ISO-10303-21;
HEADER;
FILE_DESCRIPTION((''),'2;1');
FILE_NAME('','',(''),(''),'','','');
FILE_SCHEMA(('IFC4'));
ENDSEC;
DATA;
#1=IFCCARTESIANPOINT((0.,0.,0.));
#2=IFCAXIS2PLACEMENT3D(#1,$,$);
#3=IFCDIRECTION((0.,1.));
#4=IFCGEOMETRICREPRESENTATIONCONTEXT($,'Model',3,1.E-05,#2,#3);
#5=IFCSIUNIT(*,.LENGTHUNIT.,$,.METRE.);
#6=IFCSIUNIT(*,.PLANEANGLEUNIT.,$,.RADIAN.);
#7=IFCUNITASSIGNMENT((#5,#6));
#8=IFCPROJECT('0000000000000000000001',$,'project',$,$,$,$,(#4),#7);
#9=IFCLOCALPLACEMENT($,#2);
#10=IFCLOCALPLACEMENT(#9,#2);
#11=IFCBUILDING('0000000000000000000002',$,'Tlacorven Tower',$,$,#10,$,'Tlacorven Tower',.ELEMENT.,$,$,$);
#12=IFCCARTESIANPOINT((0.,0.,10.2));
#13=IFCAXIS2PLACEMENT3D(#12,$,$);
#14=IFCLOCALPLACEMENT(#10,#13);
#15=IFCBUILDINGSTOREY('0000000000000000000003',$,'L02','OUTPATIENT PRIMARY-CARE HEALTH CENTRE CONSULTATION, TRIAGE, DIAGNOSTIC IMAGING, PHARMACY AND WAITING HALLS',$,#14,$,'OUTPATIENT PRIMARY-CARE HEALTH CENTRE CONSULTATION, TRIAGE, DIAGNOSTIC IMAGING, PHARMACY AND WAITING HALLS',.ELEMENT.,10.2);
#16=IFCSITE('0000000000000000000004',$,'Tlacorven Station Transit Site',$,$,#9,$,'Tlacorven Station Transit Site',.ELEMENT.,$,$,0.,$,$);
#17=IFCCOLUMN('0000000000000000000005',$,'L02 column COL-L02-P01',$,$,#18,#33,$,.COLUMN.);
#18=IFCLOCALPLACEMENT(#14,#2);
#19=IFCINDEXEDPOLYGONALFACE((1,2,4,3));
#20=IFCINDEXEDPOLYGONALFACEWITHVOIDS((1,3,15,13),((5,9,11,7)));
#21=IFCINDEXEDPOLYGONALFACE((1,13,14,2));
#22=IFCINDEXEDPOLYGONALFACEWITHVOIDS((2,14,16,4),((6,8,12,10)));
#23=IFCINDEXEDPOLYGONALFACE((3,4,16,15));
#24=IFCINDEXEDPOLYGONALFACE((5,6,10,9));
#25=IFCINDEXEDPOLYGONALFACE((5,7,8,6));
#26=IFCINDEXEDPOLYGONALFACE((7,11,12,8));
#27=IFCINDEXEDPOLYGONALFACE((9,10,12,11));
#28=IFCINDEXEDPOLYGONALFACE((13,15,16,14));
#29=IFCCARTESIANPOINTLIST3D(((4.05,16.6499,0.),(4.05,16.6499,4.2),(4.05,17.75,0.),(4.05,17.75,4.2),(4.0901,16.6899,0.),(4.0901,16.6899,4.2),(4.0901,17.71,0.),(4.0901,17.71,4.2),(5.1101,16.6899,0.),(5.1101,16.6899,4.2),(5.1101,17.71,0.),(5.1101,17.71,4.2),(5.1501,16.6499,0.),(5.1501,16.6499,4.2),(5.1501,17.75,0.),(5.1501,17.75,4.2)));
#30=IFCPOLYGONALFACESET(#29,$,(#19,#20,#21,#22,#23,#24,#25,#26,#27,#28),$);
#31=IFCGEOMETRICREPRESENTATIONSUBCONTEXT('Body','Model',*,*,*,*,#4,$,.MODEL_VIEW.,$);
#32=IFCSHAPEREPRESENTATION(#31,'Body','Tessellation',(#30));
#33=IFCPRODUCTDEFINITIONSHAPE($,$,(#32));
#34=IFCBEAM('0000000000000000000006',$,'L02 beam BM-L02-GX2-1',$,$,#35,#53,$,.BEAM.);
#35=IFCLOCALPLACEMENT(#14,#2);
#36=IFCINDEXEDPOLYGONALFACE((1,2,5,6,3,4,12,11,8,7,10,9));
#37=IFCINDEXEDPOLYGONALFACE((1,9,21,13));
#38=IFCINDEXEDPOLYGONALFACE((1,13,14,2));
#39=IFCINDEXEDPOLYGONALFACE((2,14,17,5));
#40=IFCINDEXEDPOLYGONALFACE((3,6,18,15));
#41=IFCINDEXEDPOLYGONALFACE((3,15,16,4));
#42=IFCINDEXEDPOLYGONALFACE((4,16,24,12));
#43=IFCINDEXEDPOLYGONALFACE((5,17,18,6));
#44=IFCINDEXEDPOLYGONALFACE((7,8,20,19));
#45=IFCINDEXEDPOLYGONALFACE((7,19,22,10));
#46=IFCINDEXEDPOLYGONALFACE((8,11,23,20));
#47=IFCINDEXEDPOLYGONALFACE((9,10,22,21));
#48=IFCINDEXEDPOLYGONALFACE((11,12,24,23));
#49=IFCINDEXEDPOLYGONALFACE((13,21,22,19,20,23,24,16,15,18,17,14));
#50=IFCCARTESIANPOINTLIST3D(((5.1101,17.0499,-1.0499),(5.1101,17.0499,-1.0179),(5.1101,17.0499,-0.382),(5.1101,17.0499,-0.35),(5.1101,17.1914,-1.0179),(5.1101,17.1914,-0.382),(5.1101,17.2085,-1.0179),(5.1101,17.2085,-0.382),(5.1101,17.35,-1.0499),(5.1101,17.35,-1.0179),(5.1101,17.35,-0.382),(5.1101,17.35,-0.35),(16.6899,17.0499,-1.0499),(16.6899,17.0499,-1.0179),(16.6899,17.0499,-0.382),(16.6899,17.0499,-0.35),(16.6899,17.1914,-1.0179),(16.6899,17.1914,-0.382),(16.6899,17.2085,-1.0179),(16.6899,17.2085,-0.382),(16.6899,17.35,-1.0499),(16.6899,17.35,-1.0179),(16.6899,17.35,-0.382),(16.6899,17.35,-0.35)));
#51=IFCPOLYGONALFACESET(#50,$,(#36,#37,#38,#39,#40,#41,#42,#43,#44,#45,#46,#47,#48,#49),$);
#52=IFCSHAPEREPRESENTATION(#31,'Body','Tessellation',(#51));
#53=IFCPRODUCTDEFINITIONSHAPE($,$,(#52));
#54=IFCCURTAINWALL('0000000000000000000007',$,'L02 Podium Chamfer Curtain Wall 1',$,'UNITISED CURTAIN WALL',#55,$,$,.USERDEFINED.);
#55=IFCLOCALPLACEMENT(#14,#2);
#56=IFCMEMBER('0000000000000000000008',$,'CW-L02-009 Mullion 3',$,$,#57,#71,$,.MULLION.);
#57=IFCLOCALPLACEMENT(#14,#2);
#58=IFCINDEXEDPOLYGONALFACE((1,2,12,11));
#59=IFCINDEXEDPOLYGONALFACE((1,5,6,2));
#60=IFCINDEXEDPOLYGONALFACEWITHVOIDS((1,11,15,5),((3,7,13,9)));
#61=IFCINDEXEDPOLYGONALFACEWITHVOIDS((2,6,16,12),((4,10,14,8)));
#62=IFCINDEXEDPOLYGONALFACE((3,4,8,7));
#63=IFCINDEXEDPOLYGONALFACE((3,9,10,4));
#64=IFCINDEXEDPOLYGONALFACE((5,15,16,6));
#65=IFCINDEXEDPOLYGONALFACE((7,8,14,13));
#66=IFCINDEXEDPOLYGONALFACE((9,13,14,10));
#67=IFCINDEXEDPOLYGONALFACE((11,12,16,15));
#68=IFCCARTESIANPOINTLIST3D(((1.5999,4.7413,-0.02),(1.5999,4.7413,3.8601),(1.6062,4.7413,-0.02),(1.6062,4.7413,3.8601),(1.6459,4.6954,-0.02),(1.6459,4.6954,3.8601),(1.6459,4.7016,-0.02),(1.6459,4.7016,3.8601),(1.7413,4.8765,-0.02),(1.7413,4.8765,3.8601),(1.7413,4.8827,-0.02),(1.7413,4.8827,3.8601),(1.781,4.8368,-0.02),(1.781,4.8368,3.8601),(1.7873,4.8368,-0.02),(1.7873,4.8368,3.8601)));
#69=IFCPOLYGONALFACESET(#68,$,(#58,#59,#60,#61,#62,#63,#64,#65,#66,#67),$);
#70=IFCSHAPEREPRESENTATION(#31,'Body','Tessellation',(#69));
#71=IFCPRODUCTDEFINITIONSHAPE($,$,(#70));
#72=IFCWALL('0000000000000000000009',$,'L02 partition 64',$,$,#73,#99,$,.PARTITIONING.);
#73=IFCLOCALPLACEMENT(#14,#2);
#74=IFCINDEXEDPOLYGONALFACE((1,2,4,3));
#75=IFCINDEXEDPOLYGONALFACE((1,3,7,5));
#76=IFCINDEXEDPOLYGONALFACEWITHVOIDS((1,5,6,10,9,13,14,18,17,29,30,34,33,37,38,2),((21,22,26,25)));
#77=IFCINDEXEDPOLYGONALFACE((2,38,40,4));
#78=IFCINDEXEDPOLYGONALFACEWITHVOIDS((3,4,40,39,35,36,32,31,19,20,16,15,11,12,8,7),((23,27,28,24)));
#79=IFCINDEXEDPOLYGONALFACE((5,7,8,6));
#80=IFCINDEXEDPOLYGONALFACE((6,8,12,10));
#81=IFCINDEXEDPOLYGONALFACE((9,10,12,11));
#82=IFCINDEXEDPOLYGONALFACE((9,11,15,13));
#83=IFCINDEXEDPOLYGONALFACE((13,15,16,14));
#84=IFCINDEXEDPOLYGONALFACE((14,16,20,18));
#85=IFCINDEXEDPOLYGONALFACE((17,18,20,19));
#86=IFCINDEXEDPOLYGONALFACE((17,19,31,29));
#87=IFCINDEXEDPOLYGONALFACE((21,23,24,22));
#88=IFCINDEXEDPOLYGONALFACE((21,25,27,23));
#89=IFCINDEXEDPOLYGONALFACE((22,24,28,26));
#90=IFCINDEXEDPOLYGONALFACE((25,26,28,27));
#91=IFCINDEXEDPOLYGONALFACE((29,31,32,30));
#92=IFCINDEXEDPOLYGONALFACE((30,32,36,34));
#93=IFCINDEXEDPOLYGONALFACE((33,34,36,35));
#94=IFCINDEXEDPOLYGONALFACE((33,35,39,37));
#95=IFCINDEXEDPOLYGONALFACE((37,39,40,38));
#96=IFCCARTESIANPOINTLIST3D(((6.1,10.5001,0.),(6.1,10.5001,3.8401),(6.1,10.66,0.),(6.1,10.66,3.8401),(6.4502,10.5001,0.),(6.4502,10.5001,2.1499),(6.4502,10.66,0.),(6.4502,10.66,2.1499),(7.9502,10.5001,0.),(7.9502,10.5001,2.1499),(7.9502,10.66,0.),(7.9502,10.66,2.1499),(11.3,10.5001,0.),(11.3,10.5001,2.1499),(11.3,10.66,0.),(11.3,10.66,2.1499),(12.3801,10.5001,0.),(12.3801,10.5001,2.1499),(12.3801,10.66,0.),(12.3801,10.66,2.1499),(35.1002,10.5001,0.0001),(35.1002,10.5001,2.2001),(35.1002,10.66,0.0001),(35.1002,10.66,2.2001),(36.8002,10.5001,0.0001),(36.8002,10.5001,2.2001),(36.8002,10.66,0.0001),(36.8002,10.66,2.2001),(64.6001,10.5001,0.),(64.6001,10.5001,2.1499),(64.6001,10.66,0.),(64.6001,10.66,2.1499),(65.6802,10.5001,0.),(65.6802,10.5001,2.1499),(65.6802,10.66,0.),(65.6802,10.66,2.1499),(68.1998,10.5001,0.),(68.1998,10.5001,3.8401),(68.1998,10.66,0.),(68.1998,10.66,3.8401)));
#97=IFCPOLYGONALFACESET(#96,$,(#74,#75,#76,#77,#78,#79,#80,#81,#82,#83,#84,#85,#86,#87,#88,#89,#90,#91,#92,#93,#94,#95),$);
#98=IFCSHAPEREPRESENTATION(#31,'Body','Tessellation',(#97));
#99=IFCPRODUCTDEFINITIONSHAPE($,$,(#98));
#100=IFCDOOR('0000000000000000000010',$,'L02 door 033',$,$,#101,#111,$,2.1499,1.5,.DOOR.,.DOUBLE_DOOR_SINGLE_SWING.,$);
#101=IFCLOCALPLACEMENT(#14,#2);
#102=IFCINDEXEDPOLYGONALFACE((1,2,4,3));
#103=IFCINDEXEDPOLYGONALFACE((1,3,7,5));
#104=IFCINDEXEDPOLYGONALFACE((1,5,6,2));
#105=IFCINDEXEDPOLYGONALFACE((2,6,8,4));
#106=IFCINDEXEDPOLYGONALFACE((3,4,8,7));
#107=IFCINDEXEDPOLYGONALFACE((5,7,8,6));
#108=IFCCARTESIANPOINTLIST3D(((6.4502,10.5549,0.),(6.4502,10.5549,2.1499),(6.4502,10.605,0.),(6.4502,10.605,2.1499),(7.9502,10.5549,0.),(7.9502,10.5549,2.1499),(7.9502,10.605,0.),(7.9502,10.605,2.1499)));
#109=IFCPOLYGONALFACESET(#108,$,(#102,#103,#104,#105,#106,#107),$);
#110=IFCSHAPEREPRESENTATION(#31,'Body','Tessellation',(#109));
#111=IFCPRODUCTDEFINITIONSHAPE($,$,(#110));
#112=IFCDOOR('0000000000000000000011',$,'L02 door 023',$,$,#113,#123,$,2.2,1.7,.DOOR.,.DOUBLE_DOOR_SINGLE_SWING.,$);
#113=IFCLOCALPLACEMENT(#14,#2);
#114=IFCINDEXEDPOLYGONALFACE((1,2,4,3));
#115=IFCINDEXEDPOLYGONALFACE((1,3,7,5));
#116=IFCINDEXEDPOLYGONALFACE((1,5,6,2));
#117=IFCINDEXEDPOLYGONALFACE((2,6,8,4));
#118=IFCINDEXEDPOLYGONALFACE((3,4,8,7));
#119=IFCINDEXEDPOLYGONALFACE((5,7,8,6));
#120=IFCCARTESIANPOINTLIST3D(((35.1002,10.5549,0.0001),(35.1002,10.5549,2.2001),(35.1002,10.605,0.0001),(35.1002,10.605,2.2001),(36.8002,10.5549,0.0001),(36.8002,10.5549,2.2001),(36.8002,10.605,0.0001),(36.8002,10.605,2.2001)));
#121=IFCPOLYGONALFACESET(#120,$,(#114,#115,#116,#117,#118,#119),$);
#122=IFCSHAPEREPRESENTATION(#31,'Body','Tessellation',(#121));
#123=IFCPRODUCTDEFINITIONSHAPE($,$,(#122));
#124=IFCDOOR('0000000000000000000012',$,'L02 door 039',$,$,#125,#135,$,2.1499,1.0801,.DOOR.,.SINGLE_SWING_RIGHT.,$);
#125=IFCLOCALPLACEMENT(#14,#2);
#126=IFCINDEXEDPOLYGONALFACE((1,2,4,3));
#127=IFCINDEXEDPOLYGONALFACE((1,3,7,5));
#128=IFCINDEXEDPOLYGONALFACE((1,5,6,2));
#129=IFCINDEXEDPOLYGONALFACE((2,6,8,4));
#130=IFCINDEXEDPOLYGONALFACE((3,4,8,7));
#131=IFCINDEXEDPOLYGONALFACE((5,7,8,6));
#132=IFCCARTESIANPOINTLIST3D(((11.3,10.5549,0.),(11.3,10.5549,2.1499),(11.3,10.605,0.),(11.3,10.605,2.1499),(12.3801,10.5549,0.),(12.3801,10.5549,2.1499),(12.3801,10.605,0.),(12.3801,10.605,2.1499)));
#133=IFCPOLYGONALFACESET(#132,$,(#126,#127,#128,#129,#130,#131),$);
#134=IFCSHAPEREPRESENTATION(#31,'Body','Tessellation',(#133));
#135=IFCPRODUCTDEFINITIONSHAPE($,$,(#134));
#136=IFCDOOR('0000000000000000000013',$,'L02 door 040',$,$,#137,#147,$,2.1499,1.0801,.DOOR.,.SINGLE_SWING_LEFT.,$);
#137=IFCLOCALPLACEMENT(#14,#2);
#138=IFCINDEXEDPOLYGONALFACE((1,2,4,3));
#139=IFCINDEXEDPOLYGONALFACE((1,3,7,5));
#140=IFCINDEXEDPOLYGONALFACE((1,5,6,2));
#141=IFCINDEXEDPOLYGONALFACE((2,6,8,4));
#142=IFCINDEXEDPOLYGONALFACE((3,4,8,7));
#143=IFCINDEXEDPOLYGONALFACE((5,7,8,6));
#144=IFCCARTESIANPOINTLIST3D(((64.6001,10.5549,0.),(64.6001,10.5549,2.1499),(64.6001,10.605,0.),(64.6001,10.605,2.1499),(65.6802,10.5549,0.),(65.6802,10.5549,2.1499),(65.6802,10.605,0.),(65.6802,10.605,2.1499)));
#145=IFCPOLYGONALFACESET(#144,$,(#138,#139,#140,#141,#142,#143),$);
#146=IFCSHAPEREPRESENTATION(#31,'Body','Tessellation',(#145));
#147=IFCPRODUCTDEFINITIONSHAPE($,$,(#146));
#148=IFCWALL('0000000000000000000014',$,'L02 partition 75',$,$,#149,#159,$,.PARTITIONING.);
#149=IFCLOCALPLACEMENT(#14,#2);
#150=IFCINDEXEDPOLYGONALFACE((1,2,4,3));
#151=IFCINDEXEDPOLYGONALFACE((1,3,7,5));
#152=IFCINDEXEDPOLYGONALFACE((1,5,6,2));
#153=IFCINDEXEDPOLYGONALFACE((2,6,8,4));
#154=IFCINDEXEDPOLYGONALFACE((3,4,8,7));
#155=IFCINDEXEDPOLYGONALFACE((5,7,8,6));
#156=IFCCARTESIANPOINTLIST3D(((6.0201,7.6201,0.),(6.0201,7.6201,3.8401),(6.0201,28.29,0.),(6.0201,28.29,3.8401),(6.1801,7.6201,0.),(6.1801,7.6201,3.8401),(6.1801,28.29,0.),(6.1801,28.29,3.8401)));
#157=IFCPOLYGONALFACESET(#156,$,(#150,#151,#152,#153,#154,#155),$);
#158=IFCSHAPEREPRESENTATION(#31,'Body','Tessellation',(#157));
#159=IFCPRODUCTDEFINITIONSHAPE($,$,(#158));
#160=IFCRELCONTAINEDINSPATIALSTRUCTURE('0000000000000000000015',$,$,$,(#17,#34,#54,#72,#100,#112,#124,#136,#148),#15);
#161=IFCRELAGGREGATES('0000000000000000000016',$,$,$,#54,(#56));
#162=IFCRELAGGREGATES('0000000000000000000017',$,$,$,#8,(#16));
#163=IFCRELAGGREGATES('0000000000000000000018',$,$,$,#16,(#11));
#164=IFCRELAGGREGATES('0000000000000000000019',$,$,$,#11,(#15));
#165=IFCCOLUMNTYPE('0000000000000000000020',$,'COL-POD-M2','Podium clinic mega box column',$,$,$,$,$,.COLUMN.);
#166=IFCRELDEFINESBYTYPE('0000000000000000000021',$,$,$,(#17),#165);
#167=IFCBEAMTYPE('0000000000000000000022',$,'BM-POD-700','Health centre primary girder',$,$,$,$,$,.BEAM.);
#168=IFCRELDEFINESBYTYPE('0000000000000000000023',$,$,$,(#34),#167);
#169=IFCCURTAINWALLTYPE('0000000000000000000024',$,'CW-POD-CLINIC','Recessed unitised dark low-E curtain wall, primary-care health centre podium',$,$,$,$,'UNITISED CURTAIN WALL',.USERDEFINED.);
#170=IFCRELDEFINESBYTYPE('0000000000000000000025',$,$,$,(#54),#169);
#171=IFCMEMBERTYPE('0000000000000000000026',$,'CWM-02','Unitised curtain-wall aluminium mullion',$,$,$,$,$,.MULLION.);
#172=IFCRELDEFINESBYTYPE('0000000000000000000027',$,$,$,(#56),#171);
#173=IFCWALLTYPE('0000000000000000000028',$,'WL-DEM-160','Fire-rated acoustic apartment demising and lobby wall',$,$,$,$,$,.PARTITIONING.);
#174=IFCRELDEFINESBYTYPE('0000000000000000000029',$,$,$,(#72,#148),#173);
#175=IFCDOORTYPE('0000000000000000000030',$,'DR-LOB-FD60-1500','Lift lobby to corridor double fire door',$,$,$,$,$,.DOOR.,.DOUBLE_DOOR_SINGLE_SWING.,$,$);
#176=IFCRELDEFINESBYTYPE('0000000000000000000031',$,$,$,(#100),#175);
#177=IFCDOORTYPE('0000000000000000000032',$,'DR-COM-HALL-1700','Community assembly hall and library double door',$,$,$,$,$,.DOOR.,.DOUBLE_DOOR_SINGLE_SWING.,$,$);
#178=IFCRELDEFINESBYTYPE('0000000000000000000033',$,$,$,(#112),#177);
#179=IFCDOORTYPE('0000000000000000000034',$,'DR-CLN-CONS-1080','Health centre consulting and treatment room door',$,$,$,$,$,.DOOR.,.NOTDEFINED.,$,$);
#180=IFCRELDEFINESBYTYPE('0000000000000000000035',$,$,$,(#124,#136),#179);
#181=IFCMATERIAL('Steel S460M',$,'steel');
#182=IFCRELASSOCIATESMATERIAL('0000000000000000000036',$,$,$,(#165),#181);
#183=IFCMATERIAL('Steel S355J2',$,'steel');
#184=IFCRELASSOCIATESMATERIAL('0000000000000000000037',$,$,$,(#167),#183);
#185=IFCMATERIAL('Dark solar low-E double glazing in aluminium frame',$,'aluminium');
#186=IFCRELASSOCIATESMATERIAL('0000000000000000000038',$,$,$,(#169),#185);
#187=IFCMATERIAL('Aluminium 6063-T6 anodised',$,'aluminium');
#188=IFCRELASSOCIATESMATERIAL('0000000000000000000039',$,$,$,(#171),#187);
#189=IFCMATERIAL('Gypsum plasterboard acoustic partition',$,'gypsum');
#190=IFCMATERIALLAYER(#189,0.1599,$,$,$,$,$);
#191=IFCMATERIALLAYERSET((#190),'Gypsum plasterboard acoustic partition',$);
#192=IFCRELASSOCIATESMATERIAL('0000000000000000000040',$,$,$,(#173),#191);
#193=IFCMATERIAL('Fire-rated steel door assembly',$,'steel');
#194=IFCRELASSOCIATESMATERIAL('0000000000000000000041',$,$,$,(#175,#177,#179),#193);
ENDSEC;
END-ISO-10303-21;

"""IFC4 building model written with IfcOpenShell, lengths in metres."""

from ifc_helpers import new_model, si_unit, direction, frame, frame_2d, origin, origin_2d, place, context, subcontext, project, spatial, rectangle, hollow_rectangle, i_section, extrude, source, transform, mapped, material, layer, layer_set, material_profile, profile_set, type_object, element, fill, aggregate, save


model = new_model("IFC4")

# Units and contexts
model_context = context("Model", 3, precision=1e-05, world=origin(), true_north=direction((0.0, 1.0)))
body_context = subcontext(model_context, "Body", "Model", "MODEL_VIEW")
ifc_project = project(units=[si_unit("LENGTHUNIT", "METRE"), si_unit("PLANEANGLEUNIT", "RADIAN")], contexts=[model_context])

# Site, building, storey
site_placement = place(None, origin())
site = spatial("IfcSite", under=ifc_project, at=site_placement, Name="Tlacorven Station Transit Site", LongName="Tlacorven Station Transit Site", CompositionType="ELEMENT", RefElevation=0.0)
building_placement = place(site_placement, origin())
building = spatial("IfcBuilding", under=site, at=building_placement, Name="Tlacorven Tower", LongName="Tlacorven Tower", CompositionType="ELEMENT")
storey_placement = place(building_placement, frame((0.0, 0.0, 10.2)))
storey = spatial("IfcBuildingStorey", under=building, at=storey_placement, Name="L02", Description="OUTPATIENT PRIMARY-CARE HEALTH CENTRE CONSULTATION, TRIAGE, DIAGNOSTIC IMAGING, PHARMACY AND WAITING HALLS", LongName="OUTPATIENT PRIMARY-CARE HEALTH CENTRE CONSULTATION, TRIAGE, DIAGNOSTIC IMAGING, PHARMACY AND WAITING HALLS", CompositionType="ELEMENT", Elevation=10.2)

# Column
ifc_material_1 = material(Name="Steel S460M", Category="steel")
ifc_material_profile_1 = material_profile(ifc_material_1, hollow_rectangle(XDim=1.1001, YDim=1.1001, WallThickness=0.04, at=origin_2d()), Name="BOX 1100X1100X40")
ifc_profile_set_1 = profile_set([ifc_material_profile_1], Name="Steel S460M")
column_type = type_object("IfcColumnType", Name="COL-POD-M2", Description="Podium clinic mega box column", PredefinedType="COLUMN", material=ifc_profile_set_1)
shared_shape_1 = source(origin(), body_context, "Body", "SweptSolid", [
    extrude(hollow_rectangle(XDim=1.1001, YDim=1.1001, WallThickness=0.04, at=origin_2d()), origin(), (0.0, 0.0, 1.0), 4.2),
])
column_placement = place(storey_placement, frame((4.6001, 17.2, 0.0), z_axis=(0.0, 0.0, 1.0), x_axis=(1.0, 0.0, 0.0)))
element("IfcColumn", 1, at=column_placement, inside=storey, type_object=column_type, Name="L02 column COL-L02-P01", PredefinedType="COLUMN", context=body_context, shape_type="MappedRepresentation", body=[
    mapped(shared_shape_1, transform((0.0, 0.0, 0.0), scale=1.0)),
])

# Beam
ifc_material_2 = material(Name="Steel S355J2", Category="steel")
ifc_material_profile_2 = material_profile(ifc_material_2, i_section(OverallWidth=0.3, OverallDepth=0.7, WebThickness=0.0171, FlangeThickness=0.032, at=origin_2d()), Name="HEB 700")
ifc_profile_set_2 = profile_set([ifc_material_profile_2], Name="Steel S355J2")
beam_type = type_object("IfcBeamType", Name="BM-POD-700", Description="Health centre primary girder", PredefinedType="BEAM", material=ifc_profile_set_2)
shared_shape_2 = source(origin(), body_context, "Body", "SweptSolid", [
    extrude(i_section(OverallWidth=0.3, OverallDepth=0.7, WebThickness=0.0171, FlangeThickness=0.032, at=origin_2d()), origin(), (0.0, 0.0, 1.0), 11.5798),
])
beam_placement = place(storey_placement, frame((5.1101, 17.2, -0.7), z_axis=(1.0, 0.0, 0.0), x_axis=(0.0, 1.0, 0.0)))
element("IfcBeam", 2, at=beam_placement, inside=storey, type_object=beam_type, Name="L02 beam BM-L02-GX2-1", PredefinedType="BEAM", context=body_context, shape_type="MappedRepresentation", body=[
    mapped(shared_shape_2, transform((0.0, 0.0, 0.0), scale=1.0)),
])

# Curtain wall, member
ifc_material_3 = material(Name="Dark solar low-E double glazing in aluminium frame", Category="aluminium")
curtain_wall_type = type_object("IfcCurtainWallType", Name="CW-POD-CLINIC", Description="Recessed unitised dark low-E curtain wall, primary-care health centre podium", ElementType="UNITISED CURTAIN WALL", PredefinedType="USERDEFINED", material=ifc_material_3)
curtain_wall_placement = place(storey_placement, origin())
curtain_wall = element("IfcCurtainWall", 3, at=curtain_wall_placement, inside=storey, type_object=curtain_wall_type, Name="L02 Podium Chamfer Curtain Wall 1", ObjectType="UNITISED CURTAIN WALL", PredefinedType="USERDEFINED")
ifc_material_4 = material(Name="Aluminium 6063-T6 anodised", Category="aluminium")
ifc_material_profile_3 = material_profile(ifc_material_4, hollow_rectangle(XDim=0.0649, YDim=0.2, WallThickness=0.0044, at=origin_2d()), Name="ALU MULLION 65X200")
ifc_profile_set_3 = profile_set([ifc_material_profile_3], Name="Aluminium 6063-T6 anodised")
member_type = type_object("IfcMemberType", Name="CWM-02", Description="Unitised curtain-wall aluminium mullion", PredefinedType="MULLION", material=ifc_profile_set_3)
shared_shape_3 = source(origin(), body_context, "Body", "SweptSolid", [
    extrude(hollow_rectangle(XDim=0.0649, YDim=0.2, WallThickness=0.0044, at=origin_2d()), origin(), (0.0, 0.0, 1.0), 3.8801),
])
member_placement = place(storey_placement, frame((1.6936, 4.7891, -0.02), z_axis=(0.0, 0.0, 1.0), x_axis=(-0.707107, 0.707107, 0.0)))
member = element("IfcMember", 4, at=member_placement, type_object=member_type, Name="CW-L02-009 Mullion 3", PredefinedType="MULLION", context=body_context, shape_type="MappedRepresentation", body=[
    mapped(shared_shape_3, transform((0.0, 0.0, 0.0), scale=1.0)),
])
aggregate(curtain_wall, [member])

# Wall, openings, doors
ifc_material_5 = material(Name="Gypsum plasterboard acoustic partition", Category="gypsum")
ifc_layer_1 = layer(ifc_material_5, 0.1599)
ifc_layer_set_1 = layer_set([ifc_layer_1], Name="Gypsum plasterboard acoustic partition")
wall_type_1 = type_object("IfcWallType", Name="WL-DEM-160", Description="Fire-rated acoustic apartment demising and lobby wall", PredefinedType="PARTITIONING", material=ifc_layer_set_1)
wall_1_placement = place(storey_placement, frame((6.1001, 10.5801, 0.0), z_axis=(0.0, 0.0, 1.0), x_axis=(1.0, 0.0, 0.0)))
wall_1 = element("IfcWall", 5, at=wall_1_placement, inside=storey, type_object=wall_type_1, Name="L02 partition 64", PredefinedType="PARTITIONING", context=body_context, shape_type="SweptSolid", body=[
    extrude(rectangle(XDim=62.0999, YDim=0.1599, at=frame_2d((31.0498, 0.0))), origin(), (0.0, 0.0, 1.0), 3.8401),
])
opening_1_placement = place(wall_1_placement, frame((29.0, 0.0, 0.0)))
opening_1 = element("IfcOpeningElement", 6, at=opening_1_placement, cuts=wall_1, PredefinedType="OPENING", context=body_context, shape_type="SweptSolid", body=[
    extrude(rectangle(XDim=1.7, YDim=2.2, at=frame_2d((0.8501, 1.1001))), frame((0.0, 0.0898, 0.0), z_axis=(0.0, -1.0, 0.0), x_axis=(1.0, 0.0, 0.0)), (0.0, 0.0, 1.0), 0.1799),
])
opening_2_placement = place(wall_1_placement, frame((0.3501, 0.0, 0.0)))
opening_2 = element("IfcOpeningElement", 7, at=opening_2_placement, cuts=wall_1, PredefinedType="OPENING", context=body_context, shape_type="SweptSolid", body=[
    extrude(rectangle(XDim=1.5, YDim=2.1499, at=frame_2d((0.75, 1.075))), frame((0.0, 0.0898, 0.0), z_axis=(0.0, -1.0, 0.0), x_axis=(1.0, 0.0, 0.0)), (0.0, 0.0, 1.0), 0.1799),
])
opening_3_placement = place(wall_1_placement, frame((5.2, 0.0, 0.0)))
opening_3 = element("IfcOpeningElement", 8, at=opening_3_placement, cuts=wall_1, PredefinedType="OPENING", context=body_context, shape_type="SweptSolid", body=[
    extrude(rectangle(XDim=1.0801, YDim=2.1499, at=frame_2d((0.54, 1.075))), frame((0.0, 0.0898, 0.0), z_axis=(0.0, -1.0, 0.0), x_axis=(1.0, 0.0, 0.0)), (0.0, 0.0, 1.0), 0.1799),
])
opening_4_placement = place(wall_1_placement, frame((58.5, 0.0, 0.0)))
opening_4 = element("IfcOpeningElement", 9, at=opening_4_placement, cuts=wall_1, PredefinedType="OPENING", context=body_context, shape_type="SweptSolid", body=[
    extrude(rectangle(XDim=1.0801, YDim=2.1499, at=frame_2d((0.54, 1.075))), frame((0.0, 0.0898, 0.0), z_axis=(0.0, -1.0, 0.0), x_axis=(1.0, 0.0, 0.0)), (0.0, 0.0, 1.0), 0.1799),
])
ifc_material_6 = material(Name="Fire-rated steel door assembly", Category="steel")
door_type_1 = type_object("IfcDoorType", Name="DR-LOB-FD60-1500", Description="Lift lobby to corridor double fire door", OperationType="DOUBLE_DOOR_SINGLE_SWING", PredefinedType="DOOR", material=ifc_material_6)
shared_shape_4 = source(origin(), body_context, "Body", "SweptSolid", [
    extrude(rectangle(XDim=1.5, YDim=2.1499, at=frame_2d((0.75, 1.075))), frame((0.0, 0.0249, 0.0), z_axis=(0.0, -1.0, 0.0), x_axis=(1.0, 0.0, 0.0)), (0.0, 0.0, 1.0), 0.05),
])
door_1_placement = place(opening_2_placement, origin())
door_1 = element("IfcDoor", 10, at=door_1_placement, inside=storey, type_object=door_type_1, Name="L02 door 033", OperationType="DOUBLE_DOOR_SINGLE_SWING", OverallHeight=2.1499, OverallWidth=1.5, PredefinedType="DOOR", context=body_context, shape_type="MappedRepresentation", body=[
    mapped(shared_shape_4, transform((0.0, 0.0, 0.0), scale=1.0)),
])
fill(opening_2, door_1)
door_type_2 = type_object("IfcDoorType", Name="DR-COM-HALL-1700", Description="Community assembly hall and library double door", OperationType="DOUBLE_DOOR_SINGLE_SWING", PredefinedType="DOOR", material=ifc_material_6)
shared_shape_5 = source(origin(), body_context, "Body", "SweptSolid", [
    extrude(rectangle(XDim=1.7, YDim=2.2, at=frame_2d((0.8501, 1.1001))), frame((0.0, 0.0249, 0.0), z_axis=(0.0, -1.0, 0.0), x_axis=(1.0, 0.0, 0.0)), (0.0, 0.0, 1.0), 0.05),
])
door_2_placement = place(opening_1_placement, origin())
door_2 = element("IfcDoor", 11, at=door_2_placement, inside=storey, type_object=door_type_2, Name="L02 door 023", OperationType="DOUBLE_DOOR_SINGLE_SWING", OverallHeight=2.2, OverallWidth=1.7, PredefinedType="DOOR", context=body_context, shape_type="MappedRepresentation", body=[
    mapped(shared_shape_5, transform((0.0, 0.0, 0.0), scale=1.0)),
])
fill(opening_1, door_2)
door_type_3 = type_object("IfcDoorType", Name="DR-CLN-CONS-1080", Description="Health centre consulting and treatment room door", OperationType="NOTDEFINED", PredefinedType="DOOR", material=ifc_material_6)
shared_shape_6 = source(origin(), body_context, "Body", "SweptSolid", [
    extrude(rectangle(XDim=1.0801, YDim=2.1499, at=frame_2d((0.54, 1.075))), frame((0.0, 0.0249, 0.0), z_axis=(0.0, -1.0, 0.0), x_axis=(1.0, 0.0, 0.0)), (0.0, 0.0, 1.0), 0.05),
])
door_3_placement = place(opening_3_placement, origin())
door_3 = element("IfcDoor", 12, at=door_3_placement, inside=storey, type_object=door_type_3, Name="L02 door 039", OperationType="SINGLE_SWING_RIGHT", OverallHeight=2.1499, OverallWidth=1.0801, PredefinedType="DOOR", context=body_context, shape_type="MappedRepresentation", body=[
    mapped(shared_shape_6, transform((0.0, 0.0, 0.0), scale=1.0)),
])
fill(opening_3, door_3)
door_4_placement = place(opening_4_placement, origin())
door_4 = element("IfcDoor", 13, at=door_4_placement, inside=storey, type_object=door_type_3, Name="L02 door 040", OperationType="SINGLE_SWING_LEFT", OverallHeight=2.1499, OverallWidth=1.0801, PredefinedType="DOOR", context=body_context, shape_type="MappedRepresentation", body=[
    mapped(shared_shape_6, transform((0.0, 0.0, 0.0), scale=1.0)),
])
fill(opening_4, door_4)

# Wall
wall_2_placement = place(storey_placement, frame((6.1001, 7.6201, 0.0), z_axis=(0.0, 0.0, 1.0), x_axis=(0.0, 1.0, 0.0)))
element("IfcWall", 14, at=wall_2_placement, inside=storey, type_object=wall_type_1, Name="L02 partition 75", PredefinedType="PARTITIONING", context=body_context, shape_type="SweptSolid", body=[
    extrude(rectangle(XDim=20.6699, YDim=0.1599, at=frame_2d((10.335, 0.0))), origin(), (0.0, 0.0, 1.0), 3.8401),
])

save(model, "model.ifc")
